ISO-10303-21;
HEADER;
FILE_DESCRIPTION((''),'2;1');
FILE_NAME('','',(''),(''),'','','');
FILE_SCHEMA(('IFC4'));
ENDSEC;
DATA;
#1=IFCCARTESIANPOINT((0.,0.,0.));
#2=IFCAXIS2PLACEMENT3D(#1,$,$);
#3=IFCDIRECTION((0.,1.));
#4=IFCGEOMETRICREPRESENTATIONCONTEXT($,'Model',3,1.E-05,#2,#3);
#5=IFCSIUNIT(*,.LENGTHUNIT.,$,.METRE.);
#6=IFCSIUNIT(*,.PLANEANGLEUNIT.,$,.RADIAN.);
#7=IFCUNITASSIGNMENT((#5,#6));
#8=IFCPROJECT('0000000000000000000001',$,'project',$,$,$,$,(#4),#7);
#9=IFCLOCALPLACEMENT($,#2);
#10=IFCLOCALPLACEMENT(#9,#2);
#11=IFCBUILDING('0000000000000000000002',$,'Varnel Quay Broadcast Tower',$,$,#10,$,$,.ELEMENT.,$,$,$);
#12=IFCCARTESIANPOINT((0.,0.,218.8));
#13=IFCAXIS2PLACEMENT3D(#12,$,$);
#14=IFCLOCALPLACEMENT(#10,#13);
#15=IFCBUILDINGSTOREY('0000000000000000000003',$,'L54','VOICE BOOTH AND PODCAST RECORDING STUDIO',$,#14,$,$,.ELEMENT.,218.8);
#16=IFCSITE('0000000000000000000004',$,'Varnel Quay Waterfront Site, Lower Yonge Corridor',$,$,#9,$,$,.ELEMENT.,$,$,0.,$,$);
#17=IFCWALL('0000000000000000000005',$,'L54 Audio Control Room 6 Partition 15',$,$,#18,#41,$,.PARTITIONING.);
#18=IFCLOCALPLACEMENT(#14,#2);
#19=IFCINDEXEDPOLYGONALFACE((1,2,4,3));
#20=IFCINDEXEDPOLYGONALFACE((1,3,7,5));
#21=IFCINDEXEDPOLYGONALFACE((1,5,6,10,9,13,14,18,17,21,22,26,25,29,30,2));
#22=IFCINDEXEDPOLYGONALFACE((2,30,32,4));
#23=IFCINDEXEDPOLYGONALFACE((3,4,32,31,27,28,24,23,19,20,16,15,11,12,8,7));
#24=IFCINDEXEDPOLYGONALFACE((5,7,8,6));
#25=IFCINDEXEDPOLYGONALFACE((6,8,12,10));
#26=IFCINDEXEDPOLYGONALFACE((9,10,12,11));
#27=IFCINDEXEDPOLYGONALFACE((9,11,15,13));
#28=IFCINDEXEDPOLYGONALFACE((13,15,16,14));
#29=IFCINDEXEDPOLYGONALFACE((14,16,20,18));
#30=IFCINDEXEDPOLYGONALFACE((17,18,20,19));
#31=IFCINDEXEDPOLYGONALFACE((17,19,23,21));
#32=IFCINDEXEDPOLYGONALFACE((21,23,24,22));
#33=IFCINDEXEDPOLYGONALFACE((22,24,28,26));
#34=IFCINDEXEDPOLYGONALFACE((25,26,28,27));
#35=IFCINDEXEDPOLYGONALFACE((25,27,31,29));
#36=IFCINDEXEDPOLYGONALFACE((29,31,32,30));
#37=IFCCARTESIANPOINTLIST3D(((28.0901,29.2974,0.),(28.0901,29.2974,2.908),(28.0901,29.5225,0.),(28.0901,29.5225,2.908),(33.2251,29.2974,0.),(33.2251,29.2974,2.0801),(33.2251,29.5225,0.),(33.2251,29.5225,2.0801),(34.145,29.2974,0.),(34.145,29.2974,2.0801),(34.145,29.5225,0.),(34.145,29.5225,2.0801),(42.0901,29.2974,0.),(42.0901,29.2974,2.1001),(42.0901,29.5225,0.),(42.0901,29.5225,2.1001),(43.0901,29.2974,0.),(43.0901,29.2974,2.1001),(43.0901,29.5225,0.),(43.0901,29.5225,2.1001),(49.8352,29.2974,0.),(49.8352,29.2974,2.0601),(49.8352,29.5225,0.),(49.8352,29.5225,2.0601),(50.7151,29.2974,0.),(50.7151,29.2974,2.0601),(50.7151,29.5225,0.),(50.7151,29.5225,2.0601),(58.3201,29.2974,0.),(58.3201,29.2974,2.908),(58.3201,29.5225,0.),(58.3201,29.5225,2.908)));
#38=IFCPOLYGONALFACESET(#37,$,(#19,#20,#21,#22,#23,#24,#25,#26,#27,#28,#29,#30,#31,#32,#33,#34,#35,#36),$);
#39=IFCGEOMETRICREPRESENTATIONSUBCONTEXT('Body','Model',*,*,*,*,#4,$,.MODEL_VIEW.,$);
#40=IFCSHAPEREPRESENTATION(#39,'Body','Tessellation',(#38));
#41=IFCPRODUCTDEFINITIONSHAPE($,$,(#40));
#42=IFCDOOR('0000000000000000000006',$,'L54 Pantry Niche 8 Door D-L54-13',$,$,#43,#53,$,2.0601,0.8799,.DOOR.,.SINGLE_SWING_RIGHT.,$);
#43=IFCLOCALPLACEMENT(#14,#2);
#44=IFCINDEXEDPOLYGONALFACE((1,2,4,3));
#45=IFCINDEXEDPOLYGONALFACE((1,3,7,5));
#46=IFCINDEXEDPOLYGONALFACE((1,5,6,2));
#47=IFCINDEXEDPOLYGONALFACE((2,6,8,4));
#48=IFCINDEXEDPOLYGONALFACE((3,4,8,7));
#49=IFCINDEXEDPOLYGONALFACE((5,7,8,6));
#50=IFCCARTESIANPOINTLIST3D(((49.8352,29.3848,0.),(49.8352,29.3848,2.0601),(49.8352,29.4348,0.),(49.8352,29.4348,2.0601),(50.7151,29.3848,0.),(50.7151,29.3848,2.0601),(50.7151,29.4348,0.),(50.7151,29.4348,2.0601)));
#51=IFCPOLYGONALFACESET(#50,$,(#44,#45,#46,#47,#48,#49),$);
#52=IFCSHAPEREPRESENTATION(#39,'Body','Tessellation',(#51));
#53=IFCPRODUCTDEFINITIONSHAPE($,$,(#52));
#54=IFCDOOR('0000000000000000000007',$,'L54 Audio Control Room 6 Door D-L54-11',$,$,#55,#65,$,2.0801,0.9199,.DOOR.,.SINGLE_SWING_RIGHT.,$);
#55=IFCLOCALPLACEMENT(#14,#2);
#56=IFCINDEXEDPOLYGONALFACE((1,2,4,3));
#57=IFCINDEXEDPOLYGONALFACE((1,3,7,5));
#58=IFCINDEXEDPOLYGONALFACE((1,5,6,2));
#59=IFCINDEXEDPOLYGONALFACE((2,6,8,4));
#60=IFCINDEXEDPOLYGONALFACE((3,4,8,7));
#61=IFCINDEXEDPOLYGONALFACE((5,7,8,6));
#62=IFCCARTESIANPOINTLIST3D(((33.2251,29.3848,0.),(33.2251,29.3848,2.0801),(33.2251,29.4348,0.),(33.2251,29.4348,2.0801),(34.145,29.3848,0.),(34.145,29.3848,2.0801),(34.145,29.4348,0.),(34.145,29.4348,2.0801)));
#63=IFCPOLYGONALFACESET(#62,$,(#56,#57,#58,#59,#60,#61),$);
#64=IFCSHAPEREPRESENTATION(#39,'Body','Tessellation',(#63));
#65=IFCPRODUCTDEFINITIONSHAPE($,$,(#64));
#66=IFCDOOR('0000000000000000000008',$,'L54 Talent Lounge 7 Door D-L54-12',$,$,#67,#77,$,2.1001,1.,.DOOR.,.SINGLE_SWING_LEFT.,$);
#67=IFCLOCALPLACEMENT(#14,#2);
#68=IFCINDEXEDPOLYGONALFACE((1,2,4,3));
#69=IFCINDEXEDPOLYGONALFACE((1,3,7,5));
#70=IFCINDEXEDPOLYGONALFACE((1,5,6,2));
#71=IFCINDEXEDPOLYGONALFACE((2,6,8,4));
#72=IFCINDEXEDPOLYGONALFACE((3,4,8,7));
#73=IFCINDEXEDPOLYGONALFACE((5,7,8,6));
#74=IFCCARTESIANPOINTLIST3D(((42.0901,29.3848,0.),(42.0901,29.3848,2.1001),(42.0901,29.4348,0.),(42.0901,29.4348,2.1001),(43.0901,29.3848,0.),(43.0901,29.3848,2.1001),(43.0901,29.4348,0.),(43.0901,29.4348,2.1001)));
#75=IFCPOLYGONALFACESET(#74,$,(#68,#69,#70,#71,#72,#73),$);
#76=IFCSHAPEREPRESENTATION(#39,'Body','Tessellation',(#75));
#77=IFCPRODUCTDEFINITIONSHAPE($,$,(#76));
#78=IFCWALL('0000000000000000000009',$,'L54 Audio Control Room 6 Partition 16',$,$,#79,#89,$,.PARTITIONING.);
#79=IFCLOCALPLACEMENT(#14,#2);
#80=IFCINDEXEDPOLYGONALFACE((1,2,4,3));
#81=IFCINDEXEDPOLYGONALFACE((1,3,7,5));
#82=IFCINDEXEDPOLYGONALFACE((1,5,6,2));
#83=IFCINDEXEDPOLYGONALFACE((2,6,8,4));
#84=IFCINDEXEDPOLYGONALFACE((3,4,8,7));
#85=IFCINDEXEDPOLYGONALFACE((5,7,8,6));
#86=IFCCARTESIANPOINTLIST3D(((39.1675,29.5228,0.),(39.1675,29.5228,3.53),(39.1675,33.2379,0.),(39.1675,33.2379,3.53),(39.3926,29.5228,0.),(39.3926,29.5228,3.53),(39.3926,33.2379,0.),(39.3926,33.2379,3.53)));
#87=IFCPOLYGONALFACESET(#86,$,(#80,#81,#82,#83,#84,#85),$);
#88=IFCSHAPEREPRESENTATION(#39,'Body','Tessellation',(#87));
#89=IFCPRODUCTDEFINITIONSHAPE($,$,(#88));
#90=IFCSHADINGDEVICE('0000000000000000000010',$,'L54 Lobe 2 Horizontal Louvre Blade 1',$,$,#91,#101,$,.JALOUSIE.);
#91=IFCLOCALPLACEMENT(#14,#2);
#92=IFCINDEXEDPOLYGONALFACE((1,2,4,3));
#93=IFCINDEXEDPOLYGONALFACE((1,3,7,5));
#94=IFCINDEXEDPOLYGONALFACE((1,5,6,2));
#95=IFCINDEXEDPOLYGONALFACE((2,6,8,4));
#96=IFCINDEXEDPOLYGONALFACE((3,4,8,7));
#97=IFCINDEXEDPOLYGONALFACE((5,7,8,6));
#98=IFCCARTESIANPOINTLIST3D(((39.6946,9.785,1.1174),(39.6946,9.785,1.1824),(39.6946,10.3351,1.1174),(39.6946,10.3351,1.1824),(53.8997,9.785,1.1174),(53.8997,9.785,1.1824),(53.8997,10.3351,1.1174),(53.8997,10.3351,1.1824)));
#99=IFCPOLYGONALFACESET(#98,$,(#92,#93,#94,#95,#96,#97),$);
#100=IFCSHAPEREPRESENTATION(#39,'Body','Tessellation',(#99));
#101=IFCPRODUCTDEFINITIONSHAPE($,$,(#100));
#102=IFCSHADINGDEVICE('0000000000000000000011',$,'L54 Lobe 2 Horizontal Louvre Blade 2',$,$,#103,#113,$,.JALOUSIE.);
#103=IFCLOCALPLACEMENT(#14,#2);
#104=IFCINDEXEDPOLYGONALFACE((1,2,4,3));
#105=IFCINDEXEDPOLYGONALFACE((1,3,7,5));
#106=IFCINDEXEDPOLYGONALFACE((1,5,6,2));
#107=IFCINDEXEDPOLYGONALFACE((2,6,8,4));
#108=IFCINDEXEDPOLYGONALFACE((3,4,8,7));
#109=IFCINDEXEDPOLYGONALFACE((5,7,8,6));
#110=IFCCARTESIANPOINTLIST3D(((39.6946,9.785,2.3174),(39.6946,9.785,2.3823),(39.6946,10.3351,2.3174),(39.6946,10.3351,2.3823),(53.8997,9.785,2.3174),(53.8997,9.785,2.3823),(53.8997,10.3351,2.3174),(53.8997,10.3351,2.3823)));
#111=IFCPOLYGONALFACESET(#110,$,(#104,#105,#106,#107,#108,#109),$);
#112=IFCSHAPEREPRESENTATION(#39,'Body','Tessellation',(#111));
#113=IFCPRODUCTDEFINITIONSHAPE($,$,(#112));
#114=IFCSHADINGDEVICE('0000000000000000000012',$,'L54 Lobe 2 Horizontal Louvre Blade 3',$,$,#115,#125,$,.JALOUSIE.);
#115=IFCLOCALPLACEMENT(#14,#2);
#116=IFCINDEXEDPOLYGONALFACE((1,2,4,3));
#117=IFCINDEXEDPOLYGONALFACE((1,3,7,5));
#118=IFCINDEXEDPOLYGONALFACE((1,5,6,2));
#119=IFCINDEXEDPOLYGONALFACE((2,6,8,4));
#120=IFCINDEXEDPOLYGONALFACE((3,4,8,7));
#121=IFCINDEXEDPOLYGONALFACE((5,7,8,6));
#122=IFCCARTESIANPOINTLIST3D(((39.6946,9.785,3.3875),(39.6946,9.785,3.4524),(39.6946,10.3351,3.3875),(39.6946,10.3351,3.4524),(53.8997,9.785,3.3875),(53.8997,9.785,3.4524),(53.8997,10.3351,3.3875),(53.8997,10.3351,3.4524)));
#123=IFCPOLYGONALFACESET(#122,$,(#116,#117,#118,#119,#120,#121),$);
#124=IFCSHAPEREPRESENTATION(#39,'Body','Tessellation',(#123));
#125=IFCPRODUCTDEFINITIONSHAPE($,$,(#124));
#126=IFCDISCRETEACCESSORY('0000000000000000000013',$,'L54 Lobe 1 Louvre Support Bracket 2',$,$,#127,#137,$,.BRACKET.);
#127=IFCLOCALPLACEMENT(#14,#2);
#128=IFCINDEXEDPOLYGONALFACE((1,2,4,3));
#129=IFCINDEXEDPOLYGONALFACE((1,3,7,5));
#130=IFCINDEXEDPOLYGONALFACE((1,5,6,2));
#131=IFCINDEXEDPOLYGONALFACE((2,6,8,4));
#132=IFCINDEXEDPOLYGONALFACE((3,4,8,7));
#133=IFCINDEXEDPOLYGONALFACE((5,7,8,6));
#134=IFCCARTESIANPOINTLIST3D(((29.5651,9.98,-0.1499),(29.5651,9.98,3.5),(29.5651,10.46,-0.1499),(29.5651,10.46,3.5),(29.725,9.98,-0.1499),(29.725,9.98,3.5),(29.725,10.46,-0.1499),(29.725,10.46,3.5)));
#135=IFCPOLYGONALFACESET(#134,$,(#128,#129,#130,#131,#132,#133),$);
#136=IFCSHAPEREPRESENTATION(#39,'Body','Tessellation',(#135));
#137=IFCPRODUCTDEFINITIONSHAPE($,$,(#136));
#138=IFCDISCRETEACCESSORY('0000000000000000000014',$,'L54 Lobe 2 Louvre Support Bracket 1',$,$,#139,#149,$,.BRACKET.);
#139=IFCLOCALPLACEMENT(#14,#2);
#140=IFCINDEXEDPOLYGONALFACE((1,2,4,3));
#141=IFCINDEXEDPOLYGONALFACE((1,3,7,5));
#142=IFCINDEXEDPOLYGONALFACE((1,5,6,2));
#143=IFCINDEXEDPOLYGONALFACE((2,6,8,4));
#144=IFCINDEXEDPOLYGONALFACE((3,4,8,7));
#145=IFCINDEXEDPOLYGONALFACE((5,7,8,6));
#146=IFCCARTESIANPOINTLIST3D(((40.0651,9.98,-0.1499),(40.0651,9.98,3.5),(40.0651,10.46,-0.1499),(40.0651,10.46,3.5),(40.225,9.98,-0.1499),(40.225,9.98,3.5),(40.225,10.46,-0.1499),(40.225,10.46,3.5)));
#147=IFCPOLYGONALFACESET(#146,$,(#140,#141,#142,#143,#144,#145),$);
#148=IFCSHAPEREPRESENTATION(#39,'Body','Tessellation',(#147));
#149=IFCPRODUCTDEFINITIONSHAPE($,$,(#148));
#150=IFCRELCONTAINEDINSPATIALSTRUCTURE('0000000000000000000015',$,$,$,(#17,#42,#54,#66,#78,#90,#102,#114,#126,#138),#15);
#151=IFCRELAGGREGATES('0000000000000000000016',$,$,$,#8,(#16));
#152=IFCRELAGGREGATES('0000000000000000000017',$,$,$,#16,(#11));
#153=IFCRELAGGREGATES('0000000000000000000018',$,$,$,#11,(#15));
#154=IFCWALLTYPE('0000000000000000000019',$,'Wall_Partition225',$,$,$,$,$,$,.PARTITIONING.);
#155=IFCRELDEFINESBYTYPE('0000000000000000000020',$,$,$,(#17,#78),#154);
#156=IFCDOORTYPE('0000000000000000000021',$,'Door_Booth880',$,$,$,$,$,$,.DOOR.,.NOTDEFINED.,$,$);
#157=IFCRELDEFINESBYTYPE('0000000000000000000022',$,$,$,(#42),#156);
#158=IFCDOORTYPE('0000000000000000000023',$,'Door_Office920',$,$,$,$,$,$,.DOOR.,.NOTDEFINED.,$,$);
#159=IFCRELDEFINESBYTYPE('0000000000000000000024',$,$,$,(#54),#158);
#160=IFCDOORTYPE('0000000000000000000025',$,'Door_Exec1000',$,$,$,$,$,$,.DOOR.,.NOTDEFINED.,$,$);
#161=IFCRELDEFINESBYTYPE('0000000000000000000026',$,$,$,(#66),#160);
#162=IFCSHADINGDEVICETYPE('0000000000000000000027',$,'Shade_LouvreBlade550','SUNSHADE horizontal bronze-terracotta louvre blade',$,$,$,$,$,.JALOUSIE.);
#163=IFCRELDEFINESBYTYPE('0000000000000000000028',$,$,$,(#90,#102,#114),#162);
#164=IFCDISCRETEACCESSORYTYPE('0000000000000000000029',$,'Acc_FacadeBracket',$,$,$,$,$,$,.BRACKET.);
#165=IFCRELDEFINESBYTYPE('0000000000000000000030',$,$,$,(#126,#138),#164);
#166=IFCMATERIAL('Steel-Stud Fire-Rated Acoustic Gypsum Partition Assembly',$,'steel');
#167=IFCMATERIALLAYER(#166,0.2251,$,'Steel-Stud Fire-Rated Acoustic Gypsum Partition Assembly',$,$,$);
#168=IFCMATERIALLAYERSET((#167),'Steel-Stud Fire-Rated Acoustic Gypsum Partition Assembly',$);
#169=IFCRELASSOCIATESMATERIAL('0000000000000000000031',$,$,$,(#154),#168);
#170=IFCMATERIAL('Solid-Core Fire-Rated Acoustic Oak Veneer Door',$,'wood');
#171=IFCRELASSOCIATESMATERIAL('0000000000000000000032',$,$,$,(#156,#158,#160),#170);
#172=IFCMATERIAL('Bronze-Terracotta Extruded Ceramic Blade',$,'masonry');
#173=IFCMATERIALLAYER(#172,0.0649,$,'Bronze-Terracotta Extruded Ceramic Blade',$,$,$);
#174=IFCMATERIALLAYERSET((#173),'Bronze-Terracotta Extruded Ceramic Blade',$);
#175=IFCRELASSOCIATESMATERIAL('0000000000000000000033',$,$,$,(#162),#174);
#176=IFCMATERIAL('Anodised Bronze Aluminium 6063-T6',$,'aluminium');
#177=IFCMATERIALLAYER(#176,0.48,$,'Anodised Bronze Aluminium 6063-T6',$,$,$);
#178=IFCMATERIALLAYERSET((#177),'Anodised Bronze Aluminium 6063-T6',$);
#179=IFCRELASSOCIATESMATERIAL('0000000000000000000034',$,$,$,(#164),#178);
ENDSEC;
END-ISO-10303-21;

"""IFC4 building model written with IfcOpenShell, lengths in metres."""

from ifc_helpers import new_model, si_unit, direction, frame, frame_2d, origin, origin_2d, place, context, subcontext, project, spatial, rectangle, extrude, source, transform, mapped, material, layer, layer_set, type_object, type_shapes, element, fill, save


model = new_model("IFC4")

# Units and contexts
model_context = context("Model", 3, precision=1e-05, world=origin(), true_north=direction((0.0, 1.0)))
body_context = subcontext(model_context, "Body", "Model", "MODEL_VIEW")
ifc_project = project(units=[si_unit("LENGTHUNIT", "METRE"), si_unit("PLANEANGLEUNIT", "RADIAN")], contexts=[model_context])

# Site, building, storey
site_placement = place(None, origin())
site = spatial("IfcSite", under=ifc_project, at=site_placement, Name="Varnel Quay Waterfront Site, Lower Yonge Corridor", CompositionType="ELEMENT", RefElevation=0.0)
building_placement = place(site_placement, origin())
building = spatial("IfcBuilding", under=site, at=building_placement, Name="Varnel Quay Broadcast Tower", CompositionType="ELEMENT")
storey_placement = place(building_placement, frame((0.0, 0.0, 218.8)))
storey = spatial("IfcBuildingStorey", under=building, at=storey_placement, Name="L54", Description="VOICE BOOTH AND PODCAST RECORDING STUDIO", CompositionType="ELEMENT", Elevation=218.8)

# Shared definitions
ifc_material_1 = material(Name="Anodised Bronze Aluminium 6063-T6", Category="aluminium")

# Shared definitions
ifc_material_2 = material(Name="Steel-Stud Fire-Rated Acoustic Gypsum Partition Assembly", Category="steel")

# Shared definitions
ifc_layer_1 = layer(ifc_material_2, 0.2251, Name="Steel-Stud Fire-Rated Acoustic Gypsum Partition Assembly")
ifc_layer_set_1 = layer_set([ifc_layer_1], Name="Steel-Stud Fire-Rated Acoustic Gypsum Partition Assembly")
wall_type_1 = type_object("IfcWallType", Name="Wall_Partition225", PredefinedType="PARTITIONING", material=ifc_layer_set_1)
ifc_material_3 = material(Name="Solid-Core Fire-Rated Acoustic Oak Veneer Door", Category="wood")

# Wall, openings, doors
wall_1_placement = place(storey_placement, frame((28.0901, 29.4099, 0.0), z_axis=(0.0, 0.0, 1.0), x_axis=(1.0, 0.0, 0.0)))
wall_1 = element("IfcWall", 1, at=wall_1_placement, inside=storey, type_object=wall_type_1, Name="L54 Audio Control Room 6 Partition 15", PredefinedType="PARTITIONING", context=body_context, shape_type="SweptSolid", body=[
    extrude(rectangle(XDim=30.23, YDim=0.2251, at=frame_2d((15.115, 0.0))), origin(), (0.0, 0.0, 1.0), 2.908),
])
opening_1_placement = place(wall_1_placement, frame((5.135, 0.0, 0.0)))
opening_1 = element("IfcOpeningElement", 2, at=opening_1_placement, cuts=wall_1, PredefinedType="OPENING", context=body_context, shape_type="SweptSolid", body=[
    extrude(rectangle(XDim=0.9199, YDim=2.0801, at=frame_2d((0.46, 1.04))), frame((0.0, 0.1226, 0.0), z_axis=(0.0, -1.0, 0.0), x_axis=(1.0, 0.0, 0.0)), (0.0, 0.0, 1.0), 0.2451),
])
opening_2_placement = place(wall_1_placement, frame((14.0, 0.0, 0.0)))
opening_2 = element("IfcOpeningElement", 3, at=opening_2_placement, cuts=wall_1, PredefinedType="OPENING", context=body_context, shape_type="SweptSolid", body=[
    extrude(rectangle(XDim=1.0, YDim=2.1001, at=frame_2d((0.5, 1.05))), frame((0.0, 0.1226, 0.0), z_axis=(0.0, -1.0, 0.0), x_axis=(1.0, 0.0, 0.0)), (0.0, 0.0, 1.0), 0.2451),
])
opening_3_placement = place(wall_1_placement, frame((21.7451, 0.0, 0.0)))
opening_3 = element("IfcOpeningElement", 4, at=opening_3_placement, cuts=wall_1, PredefinedType="OPENING", context=body_context, shape_type="SweptSolid", body=[
    extrude(rectangle(XDim=0.8799, YDim=2.0601, at=frame_2d((0.4399, 1.03))), frame((0.0, 0.1226, 0.0), z_axis=(0.0, -1.0, 0.0), x_axis=(1.0, 0.0, 0.0)), (0.0, 0.0, 1.0), 0.2451),
])
door_type_1 = type_object("IfcDoorType", Name="Door_Booth880", OperationType="NOTDEFINED", PredefinedType="DOOR", material=ifc_material_3)
shared_shape_1 = source(origin(), body_context, "Body", "SweptSolid", [
    extrude(rectangle(XDim=0.8799, YDim=2.0601, at=frame_2d((0.4399, 1.03))), frame((0.0, 0.0249, 0.0), z_axis=(0.0, -1.0, 0.0), x_axis=(1.0, 0.0, 0.0)), (0.0, 0.0, 1.0), 0.05),
])
type_shapes(door_type_1, [shared_shape_1])
door_1_placement = place(opening_3_placement, origin())
door_1 = element("IfcDoor", 5, at=door_1_placement, inside=storey, type_object=door_type_1, Name="L54 Pantry Niche 8 Door D-L54-13", OperationType="SINGLE_SWING_RIGHT", OverallHeight=2.0601, OverallWidth=0.8799, PredefinedType="DOOR", context=body_context, shape_type="MappedRepresentation", body=[
    mapped(shared_shape_1, transform((0.0, 0.0, 0.0), x_axis=(1.0, 0.0, 0.0), y_axis=(0.0, 1.0, 0.0), z_axis=(0.0, 0.0, 1.0), scale=1.0)),
])
fill(opening_3, door_1)
door_type_2 = type_object("IfcDoorType", Name="Door_Office920", OperationType="NOTDEFINED", PredefinedType="DOOR", material=ifc_material_3)
shared_shape_2 = source(origin(), body_context, "Body", "SweptSolid", [
    extrude(rectangle(XDim=0.9199, YDim=2.0801, at=frame_2d((0.46, 1.04))), frame((0.0, 0.0249, 0.0), z_axis=(0.0, -1.0, 0.0), x_axis=(1.0, 0.0, 0.0)), (0.0, 0.0, 1.0), 0.05),
])
type_shapes(door_type_2, [shared_shape_2])
door_2_placement = place(opening_1_placement, origin())
door_2 = element("IfcDoor", 6, at=door_2_placement, inside=storey, type_object=door_type_2, Name="L54 Audio Control Room 6 Door D-L54-11", OperationType="SINGLE_SWING_RIGHT", OverallHeight=2.0801, OverallWidth=0.9199, PredefinedType="DOOR", context=body_context, shape_type="MappedRepresentation", body=[
    mapped(shared_shape_2, transform((0.0, 0.0, 0.0), x_axis=(1.0, 0.0, 0.0), y_axis=(0.0, 1.0, 0.0), z_axis=(0.0, 0.0, 1.0), scale=1.0)),
])
fill(opening_1, door_2)
door_type_3 = type_object("IfcDoorType", Name="Door_Exec1000", OperationType="NOTDEFINED", PredefinedType="DOOR", material=ifc_material_3)
shared_shape_3 = source(origin(), body_context, "Body", "SweptSolid", [
    extrude(rectangle(XDim=1.0, YDim=2.1001, at=frame_2d((0.5, 1.05))), frame((0.0, 0.0249, 0.0), z_axis=(0.0, -1.0, 0.0), x_axis=(1.0, 0.0, 0.0)), (0.0, 0.0, 1.0), 0.05),
])
type_shapes(door_type_3, [shared_shape_3])
door_3_placement = place(opening_2_placement, origin())
door_3 = element("IfcDoor", 7, at=door_3_placement, inside=storey, type_object=door_type_3, Name="L54 Talent Lounge 7 Door D-L54-12", OperationType="SINGLE_SWING_LEFT", OverallHeight=2.1001, OverallWidth=1.0, PredefinedType="DOOR", context=body_context, shape_type="MappedRepresentation", body=[
    mapped(shared_shape_3, transform((0.0, 0.0, 0.0), x_axis=(1.0, 0.0, 0.0), y_axis=(0.0, 1.0, 0.0), z_axis=(0.0, 0.0, 1.0), scale=1.0)),
])
fill(opening_2, door_3)

# Wall
wall_2_placement = place(storey_placement, frame((39.28, 29.5229, 0.0), z_axis=(0.0, 0.0, 1.0), x_axis=(0.0, 1.0, 0.0)))
element("IfcWall", 8, at=wall_2_placement, inside=storey, type_object=wall_type_1, Name="L54 Audio Control Room 6 Partition 16", PredefinedType="PARTITIONING", context=body_context, shape_type="SweptSolid", body=[
    extrude(rectangle(XDim=3.7151, YDim=0.2251, at=frame_2d((1.8574, 0.0))), origin(), (0.0, 0.0, 1.0), 3.53),
])

# Shading devices
ifc_material_4 = material(Name="Bronze-Terracotta Extruded Ceramic Blade", Category="masonry")
ifc_layer_2 = layer(ifc_material_4, 0.0649, Name="Bronze-Terracotta Extruded Ceramic Blade")
ifc_layer_set_2 = layer_set([ifc_layer_2], Name="Bronze-Terracotta Extruded Ceramic Blade")
shading_device_type = type_object("IfcShadingDeviceType", Name="Shade_LouvreBlade550", Description="SUNSHADE horizontal bronze-terracotta louvre blade", PredefinedType="JALOUSIE", material=ifc_layer_set_2)
shared_shape_4 = source(origin(), body_context, "Body", "SweptSolid", [
    extrude(rectangle(XDim=14.2051, YDim=0.55, at=origin_2d()), origin(), (0.0, 0.0, 1.0), 0.0649),
])
type_shapes(shading_device_type, [shared_shape_4])
for number, where, z_axis, x_axis, name in (
    (9, (46.7971, 10.0601, 1.1174), (0.0, 0.0, 1.0), (1.0, 0.0, 0.0), "L54 Lobe 2 Horizontal Louvre Blade 1"),
    (10, (46.7971, 10.0601, 2.3174), (0.0, 0.0, 1.0), (1.0, 0.0, 0.0), "L54 Lobe 2 Horizontal Louvre Blade 2"),
    (11, (46.7971, 10.0601, 3.3875), (0.0, 0.0, 1.0), (1.0, 0.0, 0.0), "L54 Lobe 2 Horizontal Louvre Blade 3"),
):
    element("IfcShadingDevice", number, at=place(storey_placement, frame(where, z_axis=z_axis, x_axis=x_axis)), inside=storey, type_object=shading_device_type, Name=name, PredefinedType="JALOUSIE", context=body_context, shape_type="MappedRepresentation", body=[
        mapped(shared_shape_4, transform((0.0, 0.0, 0.0), x_axis=(1.0, 0.0, 0.0), y_axis=(0.0, 1.0, 0.0), z_axis=(0.0, 0.0, 1.0), scale=1.0)),
    ])

# Discrete accessories
ifc_layer_3 = layer(ifc_material_1, 0.48, Name="Anodised Bronze Aluminium 6063-T6")
ifc_layer_set_3 = layer_set([ifc_layer_3], Name="Anodised Bronze Aluminium 6063-T6")
discrete_accessory_type = type_object("IfcDiscreteAccessoryType", Name="Acc_FacadeBracket", PredefinedType="BRACKET", material=ifc_layer_set_3)
shared_shape_5 = source(origin(), body_context, "Body", "SweptSolid", [
    extrude(rectangle(XDim=0.1599, YDim=0.48, at=origin_2d()), origin(), (0.0, 0.0, 1.0), 3.6499),
])
type_shapes(discrete_accessory_type, [shared_shape_5])
for number, where, z_axis, x_axis, name in (
    (12, (29.645, 10.22, -0.1499), (0.0, 0.0, 1.0), (1.0, 0.0, 0.0), "L54 Lobe 1 Louvre Support Bracket 2"),
    (13, (40.145, 10.22, -0.1499), (0.0, 0.0, 1.0), (1.0, 0.0, 0.0), "L54 Lobe 2 Louvre Support Bracket 1"),
):
    element("IfcDiscreteAccessory", number, at=place(storey_placement, frame(where, z_axis=z_axis, x_axis=x_axis)), inside=storey, type_object=discrete_accessory_type, Name=name, PredefinedType="BRACKET", context=body_context, shape_type="MappedRepresentation", body=[
        mapped(shared_shape_5, transform((0.0, 0.0, 0.0), x_axis=(1.0, 0.0, 0.0), y_axis=(0.0, 1.0, 0.0), z_axis=(0.0, 0.0, 1.0), scale=1.0)),
    ])

save(model, "model.ifc")
